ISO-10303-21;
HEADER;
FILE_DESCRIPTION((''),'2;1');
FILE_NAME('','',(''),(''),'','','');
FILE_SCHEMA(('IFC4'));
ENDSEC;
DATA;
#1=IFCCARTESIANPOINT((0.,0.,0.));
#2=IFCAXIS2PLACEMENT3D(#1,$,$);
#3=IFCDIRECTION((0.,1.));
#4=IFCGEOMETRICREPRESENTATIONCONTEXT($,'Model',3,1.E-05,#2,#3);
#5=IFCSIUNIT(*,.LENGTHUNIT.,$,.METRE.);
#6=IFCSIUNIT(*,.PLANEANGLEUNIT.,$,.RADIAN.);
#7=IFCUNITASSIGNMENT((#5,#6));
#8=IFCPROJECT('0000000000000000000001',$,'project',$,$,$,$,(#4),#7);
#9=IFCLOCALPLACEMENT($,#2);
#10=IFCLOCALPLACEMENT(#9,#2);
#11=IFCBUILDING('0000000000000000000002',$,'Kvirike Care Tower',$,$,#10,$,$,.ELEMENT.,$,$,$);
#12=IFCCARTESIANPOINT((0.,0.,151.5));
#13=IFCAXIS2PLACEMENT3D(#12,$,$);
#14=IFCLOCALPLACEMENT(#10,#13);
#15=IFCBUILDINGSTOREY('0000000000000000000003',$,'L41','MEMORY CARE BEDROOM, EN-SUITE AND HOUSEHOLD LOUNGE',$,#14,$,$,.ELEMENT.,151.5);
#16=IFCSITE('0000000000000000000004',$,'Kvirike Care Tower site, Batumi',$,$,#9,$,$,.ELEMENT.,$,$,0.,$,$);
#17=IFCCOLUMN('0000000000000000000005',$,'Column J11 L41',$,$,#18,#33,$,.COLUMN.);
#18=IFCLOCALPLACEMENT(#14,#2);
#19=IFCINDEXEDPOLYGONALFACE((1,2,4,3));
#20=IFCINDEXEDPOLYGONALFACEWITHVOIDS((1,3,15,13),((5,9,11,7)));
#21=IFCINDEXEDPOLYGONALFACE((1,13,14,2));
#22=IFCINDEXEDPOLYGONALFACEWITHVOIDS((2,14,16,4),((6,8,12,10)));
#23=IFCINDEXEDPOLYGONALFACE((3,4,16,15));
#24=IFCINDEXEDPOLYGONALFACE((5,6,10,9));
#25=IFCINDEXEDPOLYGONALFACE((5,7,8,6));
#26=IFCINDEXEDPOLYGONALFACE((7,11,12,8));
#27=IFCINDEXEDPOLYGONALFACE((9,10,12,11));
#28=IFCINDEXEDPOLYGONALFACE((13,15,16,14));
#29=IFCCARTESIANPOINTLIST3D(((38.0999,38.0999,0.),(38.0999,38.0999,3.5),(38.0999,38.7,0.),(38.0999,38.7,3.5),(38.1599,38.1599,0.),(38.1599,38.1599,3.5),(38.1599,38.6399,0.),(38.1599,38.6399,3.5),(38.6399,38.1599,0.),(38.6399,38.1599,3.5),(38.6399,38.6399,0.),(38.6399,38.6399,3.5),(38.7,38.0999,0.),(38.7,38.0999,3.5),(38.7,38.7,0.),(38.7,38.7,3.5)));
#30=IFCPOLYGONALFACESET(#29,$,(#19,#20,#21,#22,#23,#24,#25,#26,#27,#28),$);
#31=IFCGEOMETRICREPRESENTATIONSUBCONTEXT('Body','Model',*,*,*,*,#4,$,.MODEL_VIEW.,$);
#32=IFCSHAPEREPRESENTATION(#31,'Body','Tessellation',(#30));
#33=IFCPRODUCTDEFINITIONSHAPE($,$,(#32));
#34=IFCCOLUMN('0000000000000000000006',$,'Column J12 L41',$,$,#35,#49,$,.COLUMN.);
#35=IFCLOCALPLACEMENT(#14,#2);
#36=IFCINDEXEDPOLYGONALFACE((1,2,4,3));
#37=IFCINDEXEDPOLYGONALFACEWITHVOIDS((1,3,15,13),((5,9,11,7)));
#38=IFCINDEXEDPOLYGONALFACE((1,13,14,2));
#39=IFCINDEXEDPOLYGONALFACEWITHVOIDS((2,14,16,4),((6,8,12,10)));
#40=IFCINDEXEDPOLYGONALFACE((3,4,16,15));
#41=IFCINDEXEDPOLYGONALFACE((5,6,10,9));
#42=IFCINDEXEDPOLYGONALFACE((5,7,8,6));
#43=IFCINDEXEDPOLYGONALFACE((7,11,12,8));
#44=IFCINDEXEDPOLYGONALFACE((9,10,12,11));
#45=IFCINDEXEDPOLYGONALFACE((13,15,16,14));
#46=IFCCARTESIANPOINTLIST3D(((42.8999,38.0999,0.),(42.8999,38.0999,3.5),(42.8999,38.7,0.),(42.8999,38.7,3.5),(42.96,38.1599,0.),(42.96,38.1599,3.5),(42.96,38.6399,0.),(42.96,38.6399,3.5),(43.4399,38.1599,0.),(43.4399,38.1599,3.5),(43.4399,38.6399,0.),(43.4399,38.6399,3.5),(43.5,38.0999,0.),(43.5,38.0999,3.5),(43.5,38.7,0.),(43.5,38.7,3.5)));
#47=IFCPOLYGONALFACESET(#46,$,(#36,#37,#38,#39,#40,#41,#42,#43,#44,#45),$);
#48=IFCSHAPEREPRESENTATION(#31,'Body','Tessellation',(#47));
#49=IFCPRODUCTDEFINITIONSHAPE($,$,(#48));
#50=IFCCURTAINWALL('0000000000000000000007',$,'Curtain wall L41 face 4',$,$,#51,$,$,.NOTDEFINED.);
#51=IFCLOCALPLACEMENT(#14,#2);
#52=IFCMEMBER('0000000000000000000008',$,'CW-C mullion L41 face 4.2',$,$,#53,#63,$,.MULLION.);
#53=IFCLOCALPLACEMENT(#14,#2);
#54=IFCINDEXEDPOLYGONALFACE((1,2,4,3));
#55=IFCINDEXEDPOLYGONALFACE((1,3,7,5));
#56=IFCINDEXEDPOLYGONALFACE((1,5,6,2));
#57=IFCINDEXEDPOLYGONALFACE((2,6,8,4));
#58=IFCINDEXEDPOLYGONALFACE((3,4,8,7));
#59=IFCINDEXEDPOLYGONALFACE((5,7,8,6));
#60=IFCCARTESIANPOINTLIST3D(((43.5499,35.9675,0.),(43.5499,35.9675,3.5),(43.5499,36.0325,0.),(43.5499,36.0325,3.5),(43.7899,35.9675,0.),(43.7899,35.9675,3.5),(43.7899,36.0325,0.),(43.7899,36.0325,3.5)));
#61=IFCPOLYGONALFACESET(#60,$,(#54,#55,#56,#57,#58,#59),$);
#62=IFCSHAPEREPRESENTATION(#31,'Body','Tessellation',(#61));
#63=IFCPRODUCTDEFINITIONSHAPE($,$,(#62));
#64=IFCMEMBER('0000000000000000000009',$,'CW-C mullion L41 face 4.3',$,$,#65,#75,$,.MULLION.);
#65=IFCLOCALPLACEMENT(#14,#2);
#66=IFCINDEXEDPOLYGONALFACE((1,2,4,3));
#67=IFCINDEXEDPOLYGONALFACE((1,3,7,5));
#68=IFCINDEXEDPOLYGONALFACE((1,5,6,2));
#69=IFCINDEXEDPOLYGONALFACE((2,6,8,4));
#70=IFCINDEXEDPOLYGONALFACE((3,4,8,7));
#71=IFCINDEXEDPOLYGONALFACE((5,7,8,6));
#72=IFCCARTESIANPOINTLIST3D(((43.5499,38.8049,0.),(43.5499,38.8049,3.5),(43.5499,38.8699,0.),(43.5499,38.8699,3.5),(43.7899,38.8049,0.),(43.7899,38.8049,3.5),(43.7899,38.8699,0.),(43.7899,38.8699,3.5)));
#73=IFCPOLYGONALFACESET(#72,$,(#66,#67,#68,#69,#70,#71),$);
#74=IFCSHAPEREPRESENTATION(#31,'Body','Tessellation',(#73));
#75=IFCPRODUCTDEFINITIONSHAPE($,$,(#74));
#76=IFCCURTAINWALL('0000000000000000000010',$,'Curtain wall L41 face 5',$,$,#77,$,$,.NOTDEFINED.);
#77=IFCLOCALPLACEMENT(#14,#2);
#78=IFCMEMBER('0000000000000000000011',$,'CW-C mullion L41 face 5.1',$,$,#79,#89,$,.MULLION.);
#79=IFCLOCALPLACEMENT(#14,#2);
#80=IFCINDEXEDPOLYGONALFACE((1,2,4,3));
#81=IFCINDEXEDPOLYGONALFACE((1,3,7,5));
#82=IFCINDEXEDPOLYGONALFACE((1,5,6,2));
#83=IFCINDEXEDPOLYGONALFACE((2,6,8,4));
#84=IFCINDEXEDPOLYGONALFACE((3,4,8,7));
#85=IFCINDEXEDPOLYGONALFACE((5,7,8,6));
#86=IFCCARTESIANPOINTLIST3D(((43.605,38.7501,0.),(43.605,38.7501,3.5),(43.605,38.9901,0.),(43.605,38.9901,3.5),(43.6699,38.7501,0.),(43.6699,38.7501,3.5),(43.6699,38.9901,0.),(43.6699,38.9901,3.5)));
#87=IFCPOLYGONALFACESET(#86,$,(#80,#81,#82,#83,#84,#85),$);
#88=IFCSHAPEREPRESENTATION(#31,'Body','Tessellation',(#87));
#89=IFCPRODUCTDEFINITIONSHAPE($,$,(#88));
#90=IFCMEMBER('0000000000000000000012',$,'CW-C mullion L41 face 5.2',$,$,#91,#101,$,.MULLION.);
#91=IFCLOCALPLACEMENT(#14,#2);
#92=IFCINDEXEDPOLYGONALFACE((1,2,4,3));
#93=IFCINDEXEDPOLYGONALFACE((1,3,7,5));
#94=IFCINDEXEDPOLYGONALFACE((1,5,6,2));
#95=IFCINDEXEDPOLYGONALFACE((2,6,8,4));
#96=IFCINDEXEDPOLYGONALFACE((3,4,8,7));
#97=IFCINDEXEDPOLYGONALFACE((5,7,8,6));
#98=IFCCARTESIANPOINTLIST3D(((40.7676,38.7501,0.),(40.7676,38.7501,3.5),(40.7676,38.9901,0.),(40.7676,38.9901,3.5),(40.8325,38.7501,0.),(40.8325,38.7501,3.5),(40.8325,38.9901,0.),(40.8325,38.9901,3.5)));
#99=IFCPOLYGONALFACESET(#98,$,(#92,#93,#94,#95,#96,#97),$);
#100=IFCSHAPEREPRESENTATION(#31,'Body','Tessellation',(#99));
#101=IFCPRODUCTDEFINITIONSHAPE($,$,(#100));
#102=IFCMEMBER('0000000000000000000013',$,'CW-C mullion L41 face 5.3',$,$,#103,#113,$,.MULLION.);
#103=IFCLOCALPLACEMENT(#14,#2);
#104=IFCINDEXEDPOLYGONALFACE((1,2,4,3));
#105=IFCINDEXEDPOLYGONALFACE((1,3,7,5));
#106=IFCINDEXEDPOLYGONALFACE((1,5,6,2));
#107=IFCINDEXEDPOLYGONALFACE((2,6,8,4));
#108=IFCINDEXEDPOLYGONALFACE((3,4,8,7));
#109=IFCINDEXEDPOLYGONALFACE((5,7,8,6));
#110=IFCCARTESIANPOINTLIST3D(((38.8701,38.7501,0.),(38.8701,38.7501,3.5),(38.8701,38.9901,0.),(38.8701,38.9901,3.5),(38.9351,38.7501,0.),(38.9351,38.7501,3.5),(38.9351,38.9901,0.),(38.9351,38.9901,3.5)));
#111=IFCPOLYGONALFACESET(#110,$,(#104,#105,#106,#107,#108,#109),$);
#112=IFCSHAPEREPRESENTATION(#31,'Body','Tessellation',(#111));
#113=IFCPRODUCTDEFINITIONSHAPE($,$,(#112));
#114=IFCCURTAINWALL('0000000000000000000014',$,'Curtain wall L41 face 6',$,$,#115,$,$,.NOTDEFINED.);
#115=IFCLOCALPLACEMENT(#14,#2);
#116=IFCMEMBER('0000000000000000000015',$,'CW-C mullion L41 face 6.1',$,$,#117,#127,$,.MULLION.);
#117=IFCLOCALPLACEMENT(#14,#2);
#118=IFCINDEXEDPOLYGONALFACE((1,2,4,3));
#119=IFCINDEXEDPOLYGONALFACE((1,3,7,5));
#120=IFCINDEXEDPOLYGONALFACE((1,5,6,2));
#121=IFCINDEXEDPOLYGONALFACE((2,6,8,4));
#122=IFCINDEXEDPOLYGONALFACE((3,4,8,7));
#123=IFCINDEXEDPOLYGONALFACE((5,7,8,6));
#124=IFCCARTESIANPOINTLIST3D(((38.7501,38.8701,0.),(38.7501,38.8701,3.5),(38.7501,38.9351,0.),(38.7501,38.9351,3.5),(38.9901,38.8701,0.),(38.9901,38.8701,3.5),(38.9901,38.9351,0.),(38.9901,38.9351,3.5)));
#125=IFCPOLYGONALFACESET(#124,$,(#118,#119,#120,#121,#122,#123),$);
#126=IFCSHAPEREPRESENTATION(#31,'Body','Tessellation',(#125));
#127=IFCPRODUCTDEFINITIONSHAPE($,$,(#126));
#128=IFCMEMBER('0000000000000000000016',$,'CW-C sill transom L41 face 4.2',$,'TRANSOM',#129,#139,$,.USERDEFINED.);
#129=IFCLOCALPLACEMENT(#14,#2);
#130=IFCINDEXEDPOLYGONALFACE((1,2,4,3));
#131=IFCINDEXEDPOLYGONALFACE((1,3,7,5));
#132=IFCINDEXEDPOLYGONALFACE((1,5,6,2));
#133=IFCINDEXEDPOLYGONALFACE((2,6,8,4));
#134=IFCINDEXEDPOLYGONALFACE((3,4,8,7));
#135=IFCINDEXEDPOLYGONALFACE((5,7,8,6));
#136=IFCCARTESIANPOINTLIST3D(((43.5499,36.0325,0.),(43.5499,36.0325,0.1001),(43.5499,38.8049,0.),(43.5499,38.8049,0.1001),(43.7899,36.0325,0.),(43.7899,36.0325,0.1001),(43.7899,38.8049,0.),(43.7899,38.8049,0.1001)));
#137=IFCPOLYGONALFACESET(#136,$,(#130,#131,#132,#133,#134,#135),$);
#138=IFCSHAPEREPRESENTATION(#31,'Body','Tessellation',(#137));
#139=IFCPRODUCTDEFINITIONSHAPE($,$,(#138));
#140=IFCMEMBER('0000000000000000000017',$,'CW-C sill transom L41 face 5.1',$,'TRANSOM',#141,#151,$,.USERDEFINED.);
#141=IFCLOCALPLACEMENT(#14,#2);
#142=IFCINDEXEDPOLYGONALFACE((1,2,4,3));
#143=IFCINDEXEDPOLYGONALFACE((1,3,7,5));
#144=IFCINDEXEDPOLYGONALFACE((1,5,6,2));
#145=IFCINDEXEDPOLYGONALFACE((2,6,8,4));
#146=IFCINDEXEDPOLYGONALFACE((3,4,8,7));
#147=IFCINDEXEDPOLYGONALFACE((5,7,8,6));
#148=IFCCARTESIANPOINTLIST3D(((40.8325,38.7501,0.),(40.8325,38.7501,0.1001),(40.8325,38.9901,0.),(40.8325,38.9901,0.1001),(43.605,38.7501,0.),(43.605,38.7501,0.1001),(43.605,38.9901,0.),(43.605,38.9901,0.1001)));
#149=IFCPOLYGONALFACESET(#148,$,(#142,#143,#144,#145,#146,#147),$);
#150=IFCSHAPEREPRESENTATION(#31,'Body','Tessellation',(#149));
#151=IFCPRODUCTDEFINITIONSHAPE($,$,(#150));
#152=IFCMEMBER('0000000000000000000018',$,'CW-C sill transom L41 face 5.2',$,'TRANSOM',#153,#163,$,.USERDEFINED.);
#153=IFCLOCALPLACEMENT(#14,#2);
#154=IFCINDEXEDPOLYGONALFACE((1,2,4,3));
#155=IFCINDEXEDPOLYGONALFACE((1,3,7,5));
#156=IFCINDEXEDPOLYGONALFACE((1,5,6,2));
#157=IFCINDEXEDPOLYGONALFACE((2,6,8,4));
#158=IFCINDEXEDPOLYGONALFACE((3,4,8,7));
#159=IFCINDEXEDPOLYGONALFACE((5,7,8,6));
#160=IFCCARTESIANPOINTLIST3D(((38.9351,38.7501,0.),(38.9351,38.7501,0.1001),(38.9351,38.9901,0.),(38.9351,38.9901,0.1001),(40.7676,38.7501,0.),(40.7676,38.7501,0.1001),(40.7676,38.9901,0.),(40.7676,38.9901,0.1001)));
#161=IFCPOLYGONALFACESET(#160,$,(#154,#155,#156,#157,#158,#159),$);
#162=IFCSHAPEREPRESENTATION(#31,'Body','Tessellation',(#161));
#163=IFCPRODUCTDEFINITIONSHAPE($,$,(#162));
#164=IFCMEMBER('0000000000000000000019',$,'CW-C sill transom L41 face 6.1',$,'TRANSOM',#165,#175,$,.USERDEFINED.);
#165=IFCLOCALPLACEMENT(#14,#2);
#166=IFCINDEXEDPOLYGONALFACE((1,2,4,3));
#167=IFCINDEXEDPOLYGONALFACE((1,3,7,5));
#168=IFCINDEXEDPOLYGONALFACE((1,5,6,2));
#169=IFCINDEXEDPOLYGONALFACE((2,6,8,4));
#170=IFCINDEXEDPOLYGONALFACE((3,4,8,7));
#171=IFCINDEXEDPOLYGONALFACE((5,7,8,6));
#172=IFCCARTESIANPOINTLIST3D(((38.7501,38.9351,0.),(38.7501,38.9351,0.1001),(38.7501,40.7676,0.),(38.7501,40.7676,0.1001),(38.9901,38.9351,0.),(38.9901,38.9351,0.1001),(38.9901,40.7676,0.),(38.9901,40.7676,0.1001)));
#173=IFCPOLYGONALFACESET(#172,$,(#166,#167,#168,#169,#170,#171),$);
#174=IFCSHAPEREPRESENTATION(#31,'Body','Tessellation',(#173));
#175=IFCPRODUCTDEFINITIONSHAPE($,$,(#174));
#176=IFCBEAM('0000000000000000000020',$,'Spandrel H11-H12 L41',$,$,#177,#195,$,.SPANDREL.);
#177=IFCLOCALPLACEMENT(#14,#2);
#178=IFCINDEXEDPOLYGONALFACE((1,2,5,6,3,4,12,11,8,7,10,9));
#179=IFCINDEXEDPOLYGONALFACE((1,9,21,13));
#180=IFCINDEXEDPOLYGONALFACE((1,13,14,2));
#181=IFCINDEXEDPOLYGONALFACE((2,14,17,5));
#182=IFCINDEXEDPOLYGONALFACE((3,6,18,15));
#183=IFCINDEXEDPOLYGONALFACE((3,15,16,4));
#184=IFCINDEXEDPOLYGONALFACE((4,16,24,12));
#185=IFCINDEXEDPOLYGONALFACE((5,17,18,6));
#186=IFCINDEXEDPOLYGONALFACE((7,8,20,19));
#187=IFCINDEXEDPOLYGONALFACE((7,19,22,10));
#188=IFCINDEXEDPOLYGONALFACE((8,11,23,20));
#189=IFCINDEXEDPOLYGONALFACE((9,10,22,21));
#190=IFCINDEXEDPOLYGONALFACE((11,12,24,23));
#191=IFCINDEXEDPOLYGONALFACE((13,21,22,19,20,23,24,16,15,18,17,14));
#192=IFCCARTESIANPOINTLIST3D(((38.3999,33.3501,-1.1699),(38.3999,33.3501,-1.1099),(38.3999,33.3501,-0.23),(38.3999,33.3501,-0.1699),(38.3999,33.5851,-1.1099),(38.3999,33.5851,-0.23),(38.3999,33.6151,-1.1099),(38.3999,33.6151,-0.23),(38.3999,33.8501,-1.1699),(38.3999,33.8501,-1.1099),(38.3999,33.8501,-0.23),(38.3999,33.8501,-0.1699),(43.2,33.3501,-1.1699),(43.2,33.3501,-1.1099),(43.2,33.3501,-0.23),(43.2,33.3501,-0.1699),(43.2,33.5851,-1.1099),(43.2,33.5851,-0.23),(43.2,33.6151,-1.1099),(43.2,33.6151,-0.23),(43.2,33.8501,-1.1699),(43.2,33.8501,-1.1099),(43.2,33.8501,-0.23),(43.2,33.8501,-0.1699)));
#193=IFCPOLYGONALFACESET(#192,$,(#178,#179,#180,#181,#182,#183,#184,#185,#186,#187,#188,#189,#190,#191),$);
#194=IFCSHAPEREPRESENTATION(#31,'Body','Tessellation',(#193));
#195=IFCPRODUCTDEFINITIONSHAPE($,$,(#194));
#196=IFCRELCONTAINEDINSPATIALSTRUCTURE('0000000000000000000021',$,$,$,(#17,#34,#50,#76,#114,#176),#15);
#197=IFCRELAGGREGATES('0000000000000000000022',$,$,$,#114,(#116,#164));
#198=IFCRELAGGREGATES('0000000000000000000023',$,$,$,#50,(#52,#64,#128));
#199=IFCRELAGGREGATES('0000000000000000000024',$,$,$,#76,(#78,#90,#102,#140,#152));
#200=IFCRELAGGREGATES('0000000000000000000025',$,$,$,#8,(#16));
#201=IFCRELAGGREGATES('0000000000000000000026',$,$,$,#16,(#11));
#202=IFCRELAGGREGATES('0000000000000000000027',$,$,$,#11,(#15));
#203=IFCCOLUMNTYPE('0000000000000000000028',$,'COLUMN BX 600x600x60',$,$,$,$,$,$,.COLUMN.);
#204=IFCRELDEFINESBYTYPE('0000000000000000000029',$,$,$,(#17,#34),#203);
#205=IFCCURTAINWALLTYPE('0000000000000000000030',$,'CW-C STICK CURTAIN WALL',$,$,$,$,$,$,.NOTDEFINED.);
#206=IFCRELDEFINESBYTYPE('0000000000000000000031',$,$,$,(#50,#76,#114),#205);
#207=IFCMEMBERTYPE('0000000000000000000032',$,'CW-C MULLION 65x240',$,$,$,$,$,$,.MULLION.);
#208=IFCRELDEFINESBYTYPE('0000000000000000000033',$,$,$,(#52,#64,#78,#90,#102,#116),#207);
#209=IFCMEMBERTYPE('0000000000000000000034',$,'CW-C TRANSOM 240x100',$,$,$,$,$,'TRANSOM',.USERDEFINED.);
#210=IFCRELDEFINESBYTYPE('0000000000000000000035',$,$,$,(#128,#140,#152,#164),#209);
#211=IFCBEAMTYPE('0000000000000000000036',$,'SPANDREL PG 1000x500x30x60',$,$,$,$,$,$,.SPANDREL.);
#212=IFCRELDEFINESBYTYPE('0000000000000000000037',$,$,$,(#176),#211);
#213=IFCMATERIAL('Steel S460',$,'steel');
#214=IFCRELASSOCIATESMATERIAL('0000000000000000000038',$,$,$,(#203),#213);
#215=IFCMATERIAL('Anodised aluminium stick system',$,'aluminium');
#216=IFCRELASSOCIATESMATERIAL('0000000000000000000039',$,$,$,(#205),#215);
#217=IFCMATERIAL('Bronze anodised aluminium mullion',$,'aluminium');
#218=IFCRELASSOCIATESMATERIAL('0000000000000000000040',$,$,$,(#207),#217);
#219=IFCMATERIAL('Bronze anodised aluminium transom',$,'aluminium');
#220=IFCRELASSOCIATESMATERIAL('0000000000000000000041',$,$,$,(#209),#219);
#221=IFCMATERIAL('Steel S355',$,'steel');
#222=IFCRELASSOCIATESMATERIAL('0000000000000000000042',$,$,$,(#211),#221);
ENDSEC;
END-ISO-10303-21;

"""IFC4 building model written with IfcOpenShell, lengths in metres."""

from ifc_helpers import new_model, si_unit, direction, frame, origin, origin_2d, place, context, subcontext, project, spatial, rectangle, hollow_rectangle, i_section, extrude, material, material_profile, profile_set, type_object, element, aggregate, save


model = new_model("IFC4")

# Units and contexts
model_context = context("Model", 3, precision=1e-05, world=origin(), true_north=direction((0.0, 1.0)))
body_context = subcontext(model_context, "Body", "Model", "MODEL_VIEW")
ifc_project = project(units=[si_unit("LENGTHUNIT", "METRE"), si_unit("PLANEANGLEUNIT", "RADIAN")], contexts=[model_context])

# Site, building, storey
site_placement = place(None, origin())
site = spatial("IfcSite", under=ifc_project, at=site_placement, Name="Kvirike Care Tower site, Batumi", CompositionType="ELEMENT", RefElevation=0.0)
building_placement = place(site_placement, origin())
building = spatial("IfcBuilding", under=site, at=building_placement, Name="Kvirike Care Tower", CompositionType="ELEMENT")
storey_placement = place(building_placement, frame((0.0, 0.0, 151.5)))
storey = spatial("IfcBuildingStorey", under=building, at=storey_placement, Name="L41", Description="MEMORY CARE BEDROOM, EN-SUITE AND HOUSEHOLD LOUNGE", CompositionType="ELEMENT", Elevation=151.5)

# Columns
ifc_material_1 = material(Name="Steel S460", Category="steel")
ifc_material_profile_1 = material_profile(ifc_material_1, hollow_rectangle(XDim=0.6001, YDim=0.6001, WallThickness=0.0601, at=origin_2d()), Name="BX 600x600x60")
ifc_profile_set_1 = profile_set([ifc_material_profile_1], Name="Steel S460")
column_type = type_object("IfcColumnType", Name="COLUMN BX 600x600x60", PredefinedType="COLUMN", material=ifc_profile_set_1)
for number, where, z_axis, x_axis, name in (
    (1, (38.3999, 38.3999, 0.0), (0.0, 0.0, 1.0), (0.0, 1.0, 0.0), "Column J11 L41"),
    (2, (43.2, 38.3999, 0.0), (0.0, 0.0, 1.0), (0.0, 1.0, 0.0), "Column J12 L41"),
):
    element("IfcColumn", number, at=place(storey_placement, frame(where, z_axis=z_axis, x_axis=x_axis)), inside=storey, type_object=column_type, Name=name, PredefinedType="COLUMN", context=body_context, shape_type="SweptSolid", body=[
        extrude(hollow_rectangle(XDim=0.6001, YDim=0.6001, WallThickness=0.0601, at=origin_2d()), origin(), (0.0, 0.0, 1.0), 3.5),
    ])

# Curtain walls, members
ifc_material_2 = material(Name="Anodised aluminium stick system", Category="aluminium")
curtain_wall_type = type_object("IfcCurtainWallType", Name="CW-C STICK CURTAIN WALL", PredefinedType="NOTDEFINED", material=ifc_material_2)
curtain_wall_1_placement = place(storey_placement, origin())
curtain_wall_1 = element("IfcCurtainWall", 3, at=curtain_wall_1_placement, inside=storey, type_object=curtain_wall_type, Name="Curtain wall L41 face 4", PredefinedType="NOTDEFINED")
ifc_material_3 = material(Name="Bronze anodised aluminium mullion", Category="aluminium")
ifc_material_profile_2 = material_profile(ifc_material_3, rectangle(XDim=0.0649, YDim=0.24, at=origin_2d()), Name="CW-C MULLION 65x240")
ifc_profile_set_2 = profile_set([ifc_material_profile_2], Name="Bronze anodised aluminium mullion")
member_type_1 = type_object("IfcMemberType", Name="CW-C MULLION 65x240", PredefinedType="MULLION", material=ifc_profile_set_2)
member_1_placement = place(storey_placement, frame((43.6699, 36.0, 0.0), z_axis=(0.0, 0.0, 1.0), x_axis=(0.0, 1.0, 0.0)))
member_1 = element("IfcMember", 4, at=member_1_placement, type_object=member_type_1, Name="CW-C mullion L41 face 4.2", PredefinedType="MULLION", context=body_context, shape_type="SweptSolid", body=[
    extrude(rectangle(XDim=0.0649, YDim=0.24, at=origin_2d()), origin(), (0.0, 0.0, 1.0), 3.5),
])
member_2_placement = place(storey_placement, frame((43.6699, 38.8374, 0.0), z_axis=(0.0, 0.0, 1.0), x_axis=(0.0, 1.0, 0.0)))
member_2 = element("IfcMember", 5, at=member_2_placement, type_object=member_type_1, Name="CW-C mullion L41 face 4.3", PredefinedType="MULLION", context=body_context, shape_type="SweptSolid", body=[
    extrude(rectangle(XDim=0.0649, YDim=0.24, at=origin_2d()), origin(), (0.0, 0.0, 1.0), 3.5),
])
curtain_wall_2_placement = place(storey_placement, origin())
curtain_wall_2 = element("IfcCurtainWall", 6, at=curtain_wall_2_placement, inside=storey, type_object=curtain_wall_type, Name="Curtain wall L41 face 5", PredefinedType="NOTDEFINED")
member_3_placement = place(storey_placement, frame((43.6375, 38.8701, 0.0), z_axis=(0.0, 0.0, 1.0), x_axis=(-1.0, 0.0, 0.0)))
member_3 = element("IfcMember", 7, at=member_3_placement, type_object=member_type_1, Name="CW-C mullion L41 face 5.1", PredefinedType="MULLION", context=body_context, shape_type="SweptSolid", body=[
    extrude(rectangle(XDim=0.0649, YDim=0.24, at=origin_2d()), origin(), (0.0, 0.0, 1.0), 3.5),
])
member_4_placement = place(storey_placement, frame((40.8, 38.8701, 0.0), z_axis=(0.0, 0.0, 1.0), x_axis=(-1.0, 0.0, 0.0)))
member_4 = element("IfcMember", 8, at=member_4_placement, type_object=member_type_1, Name="CW-C mullion L41 face 5.2", PredefinedType="MULLION", context=body_context, shape_type="SweptSolid", body=[
    extrude(rectangle(XDim=0.0649, YDim=0.24, at=origin_2d()), origin(), (0.0, 0.0, 1.0), 3.5),
])
member_5_placement = place(storey_placement, frame((38.9026, 38.8701, 0.0), z_axis=(0.0, 0.0, 1.0), x_axis=(-1.0, 0.0, 0.0)))
member_5 = element("IfcMember", 9, at=member_5_placement, type_object=member_type_1, Name="CW-C mullion L41 face 5.3", PredefinedType="MULLION", context=body_context, shape_type="SweptSolid", body=[
    extrude(rectangle(XDim=0.0649, YDim=0.24, at=origin_2d()), origin(), (0.0, 0.0, 1.0), 3.5),
])

# Curtain wall, member
curtain_wall_3_placement = place(storey_placement, origin())
curtain_wall_3 = element("IfcCurtainWall", 10, at=curtain_wall_3_placement, inside=storey, type_object=curtain_wall_type, Name="Curtain wall L41 face 6", PredefinedType="NOTDEFINED")
member_6_placement = place(storey_placement, frame((38.8701, 38.9026, 0.0), z_axis=(0.0, 0.0, 1.0), x_axis=(0.0, 1.0, 0.0)))
member_6 = element("IfcMember", 11, at=member_6_placement, type_object=member_type_1, Name="CW-C mullion L41 face 6.1", PredefinedType="MULLION", context=body_context, shape_type="SweptSolid", body=[
    extrude(rectangle(XDim=0.0649, YDim=0.24, at=origin_2d()), origin(), (0.0, 0.0, 1.0), 3.5),
])

# Members
ifc_material_4 = material(Name="Bronze anodised aluminium transom", Category="aluminium")
ifc_material_profile_3 = material_profile(ifc_material_4, rectangle(XDim=0.24, YDim=0.1001, at=origin_2d()), Name="CW-C TRANSOM 240x100")
ifc_profile_set_3 = profile_set([ifc_material_profile_3], Name="Bronze anodised aluminium transom")
member_type_2 = type_object("IfcMemberType", Name="CW-C TRANSOM 240x100", ElementType="TRANSOM", PredefinedType="USERDEFINED", material=ifc_profile_set_3)
member_7_placement = place(storey_placement, frame((43.6699, 36.0325, 0.05), z_axis=(0.0, 1.0, 0.0), x_axis=(-1.0, 0.0, 0.0)))
member_7 = element("IfcMember", 12, at=member_7_placement, type_object=member_type_2, Name="CW-C sill transom L41 face 4.2", ObjectType="TRANSOM", PredefinedType="USERDEFINED", context=body_context, shape_type="SweptSolid", body=[
    extrude(rectangle(XDim=0.24, YDim=0.1001, at=origin_2d()), origin(), (0.0, 0.0, 1.0), 2.7725),
])
member_8_placement = place(storey_placement, frame((43.605, 38.8701, 0.05), z_axis=(-1.0, 0.0, 0.0), x_axis=(0.0, -1.0, 0.0)))
member_8 = element("IfcMember", 13, at=member_8_placement, type_object=member_type_2, Name="CW-C sill transom L41 face 5.1", ObjectType="TRANSOM", PredefinedType="USERDEFINED", context=body_context, shape_type="SweptSolid", body=[
    extrude(rectangle(XDim=0.24, YDim=0.1001, at=origin_2d()), origin(), (0.0, 0.0, 1.0), 2.7725),
])
member_9_placement = place(storey_placement, frame((40.7676, 38.8701, 0.05), z_axis=(-1.0, 0.0, 0.0), x_axis=(0.0, -1.0, 0.0)))
member_9 = element("IfcMember", 14, at=member_9_placement, type_object=member_type_2, Name="CW-C sill transom L41 face 5.2", ObjectType="TRANSOM", PredefinedType="USERDEFINED", context=body_context, shape_type="SweptSolid", body=[
    extrude(rectangle(XDim=0.24, YDim=0.1001, at=origin_2d()), origin(), (0.0, 0.0, 1.0), 1.8325),
])
member_10_placement = place(storey_placement, frame((38.8701, 38.9351, 0.05), z_axis=(0.0, 1.0, 0.0), x_axis=(-1.0, 0.0, 0.0)))
member_10 = element("IfcMember", 15, at=member_10_placement, type_object=member_type_2, Name="CW-C sill transom L41 face 6.1", ObjectType="TRANSOM", PredefinedType="USERDEFINED", context=body_context, shape_type="SweptSolid", body=[
    extrude(rectangle(XDim=0.24, YDim=0.1001, at=origin_2d()), origin(), (0.0, 0.0, 1.0), 1.8325),
])
aggregate(curtain_wall_3, [member_6, member_10])

# Beam
ifc_material_5 = material(Name="Steel S355", Category="steel")
ifc_material_profile_4 = material_profile(ifc_material_5, i_section(OverallWidth=0.5, OverallDepth=1.0, WebThickness=0.03, FlangeThickness=0.0601, at=origin_2d()), Name="PG 1000x500x30x60")
ifc_profile_set_4 = profile_set([ifc_material_profile_4], Name="Steel S355")
beam_type = type_object("IfcBeamType", Name="SPANDREL PG 1000x500x30x60", PredefinedType="SPANDREL", material=ifc_profile_set_4)
for number, where, z_axis, x_axis, name in (
    (16, (38.3999, 33.6001, -0.6699), (1.0, 0.0, 0.0), (0.0, 1.0, 0.0), "Spandrel H11-H12 L41"),
):
    element("IfcBeam", number, at=place(storey_placement, frame(where, z_axis=z_axis, x_axis=x_axis)), inside=storey, type_object=beam_type, Name=name, PredefinedType="SPANDREL", context=body_context, shape_type="SweptSolid", body=[
        extrude(i_section(OverallWidth=0.5, OverallDepth=1.0, WebThickness=0.03, FlangeThickness=0.0601, at=origin_2d()), origin(), (0.0, 0.0, 1.0), 4.8),
    ])

aggregate(curtain_wall_1, [member_1, member_2, member_7])
aggregate(curtain_wall_2, [member_3, member_4, member_5, member_8, member_9])

save(model, "model.ifc")
